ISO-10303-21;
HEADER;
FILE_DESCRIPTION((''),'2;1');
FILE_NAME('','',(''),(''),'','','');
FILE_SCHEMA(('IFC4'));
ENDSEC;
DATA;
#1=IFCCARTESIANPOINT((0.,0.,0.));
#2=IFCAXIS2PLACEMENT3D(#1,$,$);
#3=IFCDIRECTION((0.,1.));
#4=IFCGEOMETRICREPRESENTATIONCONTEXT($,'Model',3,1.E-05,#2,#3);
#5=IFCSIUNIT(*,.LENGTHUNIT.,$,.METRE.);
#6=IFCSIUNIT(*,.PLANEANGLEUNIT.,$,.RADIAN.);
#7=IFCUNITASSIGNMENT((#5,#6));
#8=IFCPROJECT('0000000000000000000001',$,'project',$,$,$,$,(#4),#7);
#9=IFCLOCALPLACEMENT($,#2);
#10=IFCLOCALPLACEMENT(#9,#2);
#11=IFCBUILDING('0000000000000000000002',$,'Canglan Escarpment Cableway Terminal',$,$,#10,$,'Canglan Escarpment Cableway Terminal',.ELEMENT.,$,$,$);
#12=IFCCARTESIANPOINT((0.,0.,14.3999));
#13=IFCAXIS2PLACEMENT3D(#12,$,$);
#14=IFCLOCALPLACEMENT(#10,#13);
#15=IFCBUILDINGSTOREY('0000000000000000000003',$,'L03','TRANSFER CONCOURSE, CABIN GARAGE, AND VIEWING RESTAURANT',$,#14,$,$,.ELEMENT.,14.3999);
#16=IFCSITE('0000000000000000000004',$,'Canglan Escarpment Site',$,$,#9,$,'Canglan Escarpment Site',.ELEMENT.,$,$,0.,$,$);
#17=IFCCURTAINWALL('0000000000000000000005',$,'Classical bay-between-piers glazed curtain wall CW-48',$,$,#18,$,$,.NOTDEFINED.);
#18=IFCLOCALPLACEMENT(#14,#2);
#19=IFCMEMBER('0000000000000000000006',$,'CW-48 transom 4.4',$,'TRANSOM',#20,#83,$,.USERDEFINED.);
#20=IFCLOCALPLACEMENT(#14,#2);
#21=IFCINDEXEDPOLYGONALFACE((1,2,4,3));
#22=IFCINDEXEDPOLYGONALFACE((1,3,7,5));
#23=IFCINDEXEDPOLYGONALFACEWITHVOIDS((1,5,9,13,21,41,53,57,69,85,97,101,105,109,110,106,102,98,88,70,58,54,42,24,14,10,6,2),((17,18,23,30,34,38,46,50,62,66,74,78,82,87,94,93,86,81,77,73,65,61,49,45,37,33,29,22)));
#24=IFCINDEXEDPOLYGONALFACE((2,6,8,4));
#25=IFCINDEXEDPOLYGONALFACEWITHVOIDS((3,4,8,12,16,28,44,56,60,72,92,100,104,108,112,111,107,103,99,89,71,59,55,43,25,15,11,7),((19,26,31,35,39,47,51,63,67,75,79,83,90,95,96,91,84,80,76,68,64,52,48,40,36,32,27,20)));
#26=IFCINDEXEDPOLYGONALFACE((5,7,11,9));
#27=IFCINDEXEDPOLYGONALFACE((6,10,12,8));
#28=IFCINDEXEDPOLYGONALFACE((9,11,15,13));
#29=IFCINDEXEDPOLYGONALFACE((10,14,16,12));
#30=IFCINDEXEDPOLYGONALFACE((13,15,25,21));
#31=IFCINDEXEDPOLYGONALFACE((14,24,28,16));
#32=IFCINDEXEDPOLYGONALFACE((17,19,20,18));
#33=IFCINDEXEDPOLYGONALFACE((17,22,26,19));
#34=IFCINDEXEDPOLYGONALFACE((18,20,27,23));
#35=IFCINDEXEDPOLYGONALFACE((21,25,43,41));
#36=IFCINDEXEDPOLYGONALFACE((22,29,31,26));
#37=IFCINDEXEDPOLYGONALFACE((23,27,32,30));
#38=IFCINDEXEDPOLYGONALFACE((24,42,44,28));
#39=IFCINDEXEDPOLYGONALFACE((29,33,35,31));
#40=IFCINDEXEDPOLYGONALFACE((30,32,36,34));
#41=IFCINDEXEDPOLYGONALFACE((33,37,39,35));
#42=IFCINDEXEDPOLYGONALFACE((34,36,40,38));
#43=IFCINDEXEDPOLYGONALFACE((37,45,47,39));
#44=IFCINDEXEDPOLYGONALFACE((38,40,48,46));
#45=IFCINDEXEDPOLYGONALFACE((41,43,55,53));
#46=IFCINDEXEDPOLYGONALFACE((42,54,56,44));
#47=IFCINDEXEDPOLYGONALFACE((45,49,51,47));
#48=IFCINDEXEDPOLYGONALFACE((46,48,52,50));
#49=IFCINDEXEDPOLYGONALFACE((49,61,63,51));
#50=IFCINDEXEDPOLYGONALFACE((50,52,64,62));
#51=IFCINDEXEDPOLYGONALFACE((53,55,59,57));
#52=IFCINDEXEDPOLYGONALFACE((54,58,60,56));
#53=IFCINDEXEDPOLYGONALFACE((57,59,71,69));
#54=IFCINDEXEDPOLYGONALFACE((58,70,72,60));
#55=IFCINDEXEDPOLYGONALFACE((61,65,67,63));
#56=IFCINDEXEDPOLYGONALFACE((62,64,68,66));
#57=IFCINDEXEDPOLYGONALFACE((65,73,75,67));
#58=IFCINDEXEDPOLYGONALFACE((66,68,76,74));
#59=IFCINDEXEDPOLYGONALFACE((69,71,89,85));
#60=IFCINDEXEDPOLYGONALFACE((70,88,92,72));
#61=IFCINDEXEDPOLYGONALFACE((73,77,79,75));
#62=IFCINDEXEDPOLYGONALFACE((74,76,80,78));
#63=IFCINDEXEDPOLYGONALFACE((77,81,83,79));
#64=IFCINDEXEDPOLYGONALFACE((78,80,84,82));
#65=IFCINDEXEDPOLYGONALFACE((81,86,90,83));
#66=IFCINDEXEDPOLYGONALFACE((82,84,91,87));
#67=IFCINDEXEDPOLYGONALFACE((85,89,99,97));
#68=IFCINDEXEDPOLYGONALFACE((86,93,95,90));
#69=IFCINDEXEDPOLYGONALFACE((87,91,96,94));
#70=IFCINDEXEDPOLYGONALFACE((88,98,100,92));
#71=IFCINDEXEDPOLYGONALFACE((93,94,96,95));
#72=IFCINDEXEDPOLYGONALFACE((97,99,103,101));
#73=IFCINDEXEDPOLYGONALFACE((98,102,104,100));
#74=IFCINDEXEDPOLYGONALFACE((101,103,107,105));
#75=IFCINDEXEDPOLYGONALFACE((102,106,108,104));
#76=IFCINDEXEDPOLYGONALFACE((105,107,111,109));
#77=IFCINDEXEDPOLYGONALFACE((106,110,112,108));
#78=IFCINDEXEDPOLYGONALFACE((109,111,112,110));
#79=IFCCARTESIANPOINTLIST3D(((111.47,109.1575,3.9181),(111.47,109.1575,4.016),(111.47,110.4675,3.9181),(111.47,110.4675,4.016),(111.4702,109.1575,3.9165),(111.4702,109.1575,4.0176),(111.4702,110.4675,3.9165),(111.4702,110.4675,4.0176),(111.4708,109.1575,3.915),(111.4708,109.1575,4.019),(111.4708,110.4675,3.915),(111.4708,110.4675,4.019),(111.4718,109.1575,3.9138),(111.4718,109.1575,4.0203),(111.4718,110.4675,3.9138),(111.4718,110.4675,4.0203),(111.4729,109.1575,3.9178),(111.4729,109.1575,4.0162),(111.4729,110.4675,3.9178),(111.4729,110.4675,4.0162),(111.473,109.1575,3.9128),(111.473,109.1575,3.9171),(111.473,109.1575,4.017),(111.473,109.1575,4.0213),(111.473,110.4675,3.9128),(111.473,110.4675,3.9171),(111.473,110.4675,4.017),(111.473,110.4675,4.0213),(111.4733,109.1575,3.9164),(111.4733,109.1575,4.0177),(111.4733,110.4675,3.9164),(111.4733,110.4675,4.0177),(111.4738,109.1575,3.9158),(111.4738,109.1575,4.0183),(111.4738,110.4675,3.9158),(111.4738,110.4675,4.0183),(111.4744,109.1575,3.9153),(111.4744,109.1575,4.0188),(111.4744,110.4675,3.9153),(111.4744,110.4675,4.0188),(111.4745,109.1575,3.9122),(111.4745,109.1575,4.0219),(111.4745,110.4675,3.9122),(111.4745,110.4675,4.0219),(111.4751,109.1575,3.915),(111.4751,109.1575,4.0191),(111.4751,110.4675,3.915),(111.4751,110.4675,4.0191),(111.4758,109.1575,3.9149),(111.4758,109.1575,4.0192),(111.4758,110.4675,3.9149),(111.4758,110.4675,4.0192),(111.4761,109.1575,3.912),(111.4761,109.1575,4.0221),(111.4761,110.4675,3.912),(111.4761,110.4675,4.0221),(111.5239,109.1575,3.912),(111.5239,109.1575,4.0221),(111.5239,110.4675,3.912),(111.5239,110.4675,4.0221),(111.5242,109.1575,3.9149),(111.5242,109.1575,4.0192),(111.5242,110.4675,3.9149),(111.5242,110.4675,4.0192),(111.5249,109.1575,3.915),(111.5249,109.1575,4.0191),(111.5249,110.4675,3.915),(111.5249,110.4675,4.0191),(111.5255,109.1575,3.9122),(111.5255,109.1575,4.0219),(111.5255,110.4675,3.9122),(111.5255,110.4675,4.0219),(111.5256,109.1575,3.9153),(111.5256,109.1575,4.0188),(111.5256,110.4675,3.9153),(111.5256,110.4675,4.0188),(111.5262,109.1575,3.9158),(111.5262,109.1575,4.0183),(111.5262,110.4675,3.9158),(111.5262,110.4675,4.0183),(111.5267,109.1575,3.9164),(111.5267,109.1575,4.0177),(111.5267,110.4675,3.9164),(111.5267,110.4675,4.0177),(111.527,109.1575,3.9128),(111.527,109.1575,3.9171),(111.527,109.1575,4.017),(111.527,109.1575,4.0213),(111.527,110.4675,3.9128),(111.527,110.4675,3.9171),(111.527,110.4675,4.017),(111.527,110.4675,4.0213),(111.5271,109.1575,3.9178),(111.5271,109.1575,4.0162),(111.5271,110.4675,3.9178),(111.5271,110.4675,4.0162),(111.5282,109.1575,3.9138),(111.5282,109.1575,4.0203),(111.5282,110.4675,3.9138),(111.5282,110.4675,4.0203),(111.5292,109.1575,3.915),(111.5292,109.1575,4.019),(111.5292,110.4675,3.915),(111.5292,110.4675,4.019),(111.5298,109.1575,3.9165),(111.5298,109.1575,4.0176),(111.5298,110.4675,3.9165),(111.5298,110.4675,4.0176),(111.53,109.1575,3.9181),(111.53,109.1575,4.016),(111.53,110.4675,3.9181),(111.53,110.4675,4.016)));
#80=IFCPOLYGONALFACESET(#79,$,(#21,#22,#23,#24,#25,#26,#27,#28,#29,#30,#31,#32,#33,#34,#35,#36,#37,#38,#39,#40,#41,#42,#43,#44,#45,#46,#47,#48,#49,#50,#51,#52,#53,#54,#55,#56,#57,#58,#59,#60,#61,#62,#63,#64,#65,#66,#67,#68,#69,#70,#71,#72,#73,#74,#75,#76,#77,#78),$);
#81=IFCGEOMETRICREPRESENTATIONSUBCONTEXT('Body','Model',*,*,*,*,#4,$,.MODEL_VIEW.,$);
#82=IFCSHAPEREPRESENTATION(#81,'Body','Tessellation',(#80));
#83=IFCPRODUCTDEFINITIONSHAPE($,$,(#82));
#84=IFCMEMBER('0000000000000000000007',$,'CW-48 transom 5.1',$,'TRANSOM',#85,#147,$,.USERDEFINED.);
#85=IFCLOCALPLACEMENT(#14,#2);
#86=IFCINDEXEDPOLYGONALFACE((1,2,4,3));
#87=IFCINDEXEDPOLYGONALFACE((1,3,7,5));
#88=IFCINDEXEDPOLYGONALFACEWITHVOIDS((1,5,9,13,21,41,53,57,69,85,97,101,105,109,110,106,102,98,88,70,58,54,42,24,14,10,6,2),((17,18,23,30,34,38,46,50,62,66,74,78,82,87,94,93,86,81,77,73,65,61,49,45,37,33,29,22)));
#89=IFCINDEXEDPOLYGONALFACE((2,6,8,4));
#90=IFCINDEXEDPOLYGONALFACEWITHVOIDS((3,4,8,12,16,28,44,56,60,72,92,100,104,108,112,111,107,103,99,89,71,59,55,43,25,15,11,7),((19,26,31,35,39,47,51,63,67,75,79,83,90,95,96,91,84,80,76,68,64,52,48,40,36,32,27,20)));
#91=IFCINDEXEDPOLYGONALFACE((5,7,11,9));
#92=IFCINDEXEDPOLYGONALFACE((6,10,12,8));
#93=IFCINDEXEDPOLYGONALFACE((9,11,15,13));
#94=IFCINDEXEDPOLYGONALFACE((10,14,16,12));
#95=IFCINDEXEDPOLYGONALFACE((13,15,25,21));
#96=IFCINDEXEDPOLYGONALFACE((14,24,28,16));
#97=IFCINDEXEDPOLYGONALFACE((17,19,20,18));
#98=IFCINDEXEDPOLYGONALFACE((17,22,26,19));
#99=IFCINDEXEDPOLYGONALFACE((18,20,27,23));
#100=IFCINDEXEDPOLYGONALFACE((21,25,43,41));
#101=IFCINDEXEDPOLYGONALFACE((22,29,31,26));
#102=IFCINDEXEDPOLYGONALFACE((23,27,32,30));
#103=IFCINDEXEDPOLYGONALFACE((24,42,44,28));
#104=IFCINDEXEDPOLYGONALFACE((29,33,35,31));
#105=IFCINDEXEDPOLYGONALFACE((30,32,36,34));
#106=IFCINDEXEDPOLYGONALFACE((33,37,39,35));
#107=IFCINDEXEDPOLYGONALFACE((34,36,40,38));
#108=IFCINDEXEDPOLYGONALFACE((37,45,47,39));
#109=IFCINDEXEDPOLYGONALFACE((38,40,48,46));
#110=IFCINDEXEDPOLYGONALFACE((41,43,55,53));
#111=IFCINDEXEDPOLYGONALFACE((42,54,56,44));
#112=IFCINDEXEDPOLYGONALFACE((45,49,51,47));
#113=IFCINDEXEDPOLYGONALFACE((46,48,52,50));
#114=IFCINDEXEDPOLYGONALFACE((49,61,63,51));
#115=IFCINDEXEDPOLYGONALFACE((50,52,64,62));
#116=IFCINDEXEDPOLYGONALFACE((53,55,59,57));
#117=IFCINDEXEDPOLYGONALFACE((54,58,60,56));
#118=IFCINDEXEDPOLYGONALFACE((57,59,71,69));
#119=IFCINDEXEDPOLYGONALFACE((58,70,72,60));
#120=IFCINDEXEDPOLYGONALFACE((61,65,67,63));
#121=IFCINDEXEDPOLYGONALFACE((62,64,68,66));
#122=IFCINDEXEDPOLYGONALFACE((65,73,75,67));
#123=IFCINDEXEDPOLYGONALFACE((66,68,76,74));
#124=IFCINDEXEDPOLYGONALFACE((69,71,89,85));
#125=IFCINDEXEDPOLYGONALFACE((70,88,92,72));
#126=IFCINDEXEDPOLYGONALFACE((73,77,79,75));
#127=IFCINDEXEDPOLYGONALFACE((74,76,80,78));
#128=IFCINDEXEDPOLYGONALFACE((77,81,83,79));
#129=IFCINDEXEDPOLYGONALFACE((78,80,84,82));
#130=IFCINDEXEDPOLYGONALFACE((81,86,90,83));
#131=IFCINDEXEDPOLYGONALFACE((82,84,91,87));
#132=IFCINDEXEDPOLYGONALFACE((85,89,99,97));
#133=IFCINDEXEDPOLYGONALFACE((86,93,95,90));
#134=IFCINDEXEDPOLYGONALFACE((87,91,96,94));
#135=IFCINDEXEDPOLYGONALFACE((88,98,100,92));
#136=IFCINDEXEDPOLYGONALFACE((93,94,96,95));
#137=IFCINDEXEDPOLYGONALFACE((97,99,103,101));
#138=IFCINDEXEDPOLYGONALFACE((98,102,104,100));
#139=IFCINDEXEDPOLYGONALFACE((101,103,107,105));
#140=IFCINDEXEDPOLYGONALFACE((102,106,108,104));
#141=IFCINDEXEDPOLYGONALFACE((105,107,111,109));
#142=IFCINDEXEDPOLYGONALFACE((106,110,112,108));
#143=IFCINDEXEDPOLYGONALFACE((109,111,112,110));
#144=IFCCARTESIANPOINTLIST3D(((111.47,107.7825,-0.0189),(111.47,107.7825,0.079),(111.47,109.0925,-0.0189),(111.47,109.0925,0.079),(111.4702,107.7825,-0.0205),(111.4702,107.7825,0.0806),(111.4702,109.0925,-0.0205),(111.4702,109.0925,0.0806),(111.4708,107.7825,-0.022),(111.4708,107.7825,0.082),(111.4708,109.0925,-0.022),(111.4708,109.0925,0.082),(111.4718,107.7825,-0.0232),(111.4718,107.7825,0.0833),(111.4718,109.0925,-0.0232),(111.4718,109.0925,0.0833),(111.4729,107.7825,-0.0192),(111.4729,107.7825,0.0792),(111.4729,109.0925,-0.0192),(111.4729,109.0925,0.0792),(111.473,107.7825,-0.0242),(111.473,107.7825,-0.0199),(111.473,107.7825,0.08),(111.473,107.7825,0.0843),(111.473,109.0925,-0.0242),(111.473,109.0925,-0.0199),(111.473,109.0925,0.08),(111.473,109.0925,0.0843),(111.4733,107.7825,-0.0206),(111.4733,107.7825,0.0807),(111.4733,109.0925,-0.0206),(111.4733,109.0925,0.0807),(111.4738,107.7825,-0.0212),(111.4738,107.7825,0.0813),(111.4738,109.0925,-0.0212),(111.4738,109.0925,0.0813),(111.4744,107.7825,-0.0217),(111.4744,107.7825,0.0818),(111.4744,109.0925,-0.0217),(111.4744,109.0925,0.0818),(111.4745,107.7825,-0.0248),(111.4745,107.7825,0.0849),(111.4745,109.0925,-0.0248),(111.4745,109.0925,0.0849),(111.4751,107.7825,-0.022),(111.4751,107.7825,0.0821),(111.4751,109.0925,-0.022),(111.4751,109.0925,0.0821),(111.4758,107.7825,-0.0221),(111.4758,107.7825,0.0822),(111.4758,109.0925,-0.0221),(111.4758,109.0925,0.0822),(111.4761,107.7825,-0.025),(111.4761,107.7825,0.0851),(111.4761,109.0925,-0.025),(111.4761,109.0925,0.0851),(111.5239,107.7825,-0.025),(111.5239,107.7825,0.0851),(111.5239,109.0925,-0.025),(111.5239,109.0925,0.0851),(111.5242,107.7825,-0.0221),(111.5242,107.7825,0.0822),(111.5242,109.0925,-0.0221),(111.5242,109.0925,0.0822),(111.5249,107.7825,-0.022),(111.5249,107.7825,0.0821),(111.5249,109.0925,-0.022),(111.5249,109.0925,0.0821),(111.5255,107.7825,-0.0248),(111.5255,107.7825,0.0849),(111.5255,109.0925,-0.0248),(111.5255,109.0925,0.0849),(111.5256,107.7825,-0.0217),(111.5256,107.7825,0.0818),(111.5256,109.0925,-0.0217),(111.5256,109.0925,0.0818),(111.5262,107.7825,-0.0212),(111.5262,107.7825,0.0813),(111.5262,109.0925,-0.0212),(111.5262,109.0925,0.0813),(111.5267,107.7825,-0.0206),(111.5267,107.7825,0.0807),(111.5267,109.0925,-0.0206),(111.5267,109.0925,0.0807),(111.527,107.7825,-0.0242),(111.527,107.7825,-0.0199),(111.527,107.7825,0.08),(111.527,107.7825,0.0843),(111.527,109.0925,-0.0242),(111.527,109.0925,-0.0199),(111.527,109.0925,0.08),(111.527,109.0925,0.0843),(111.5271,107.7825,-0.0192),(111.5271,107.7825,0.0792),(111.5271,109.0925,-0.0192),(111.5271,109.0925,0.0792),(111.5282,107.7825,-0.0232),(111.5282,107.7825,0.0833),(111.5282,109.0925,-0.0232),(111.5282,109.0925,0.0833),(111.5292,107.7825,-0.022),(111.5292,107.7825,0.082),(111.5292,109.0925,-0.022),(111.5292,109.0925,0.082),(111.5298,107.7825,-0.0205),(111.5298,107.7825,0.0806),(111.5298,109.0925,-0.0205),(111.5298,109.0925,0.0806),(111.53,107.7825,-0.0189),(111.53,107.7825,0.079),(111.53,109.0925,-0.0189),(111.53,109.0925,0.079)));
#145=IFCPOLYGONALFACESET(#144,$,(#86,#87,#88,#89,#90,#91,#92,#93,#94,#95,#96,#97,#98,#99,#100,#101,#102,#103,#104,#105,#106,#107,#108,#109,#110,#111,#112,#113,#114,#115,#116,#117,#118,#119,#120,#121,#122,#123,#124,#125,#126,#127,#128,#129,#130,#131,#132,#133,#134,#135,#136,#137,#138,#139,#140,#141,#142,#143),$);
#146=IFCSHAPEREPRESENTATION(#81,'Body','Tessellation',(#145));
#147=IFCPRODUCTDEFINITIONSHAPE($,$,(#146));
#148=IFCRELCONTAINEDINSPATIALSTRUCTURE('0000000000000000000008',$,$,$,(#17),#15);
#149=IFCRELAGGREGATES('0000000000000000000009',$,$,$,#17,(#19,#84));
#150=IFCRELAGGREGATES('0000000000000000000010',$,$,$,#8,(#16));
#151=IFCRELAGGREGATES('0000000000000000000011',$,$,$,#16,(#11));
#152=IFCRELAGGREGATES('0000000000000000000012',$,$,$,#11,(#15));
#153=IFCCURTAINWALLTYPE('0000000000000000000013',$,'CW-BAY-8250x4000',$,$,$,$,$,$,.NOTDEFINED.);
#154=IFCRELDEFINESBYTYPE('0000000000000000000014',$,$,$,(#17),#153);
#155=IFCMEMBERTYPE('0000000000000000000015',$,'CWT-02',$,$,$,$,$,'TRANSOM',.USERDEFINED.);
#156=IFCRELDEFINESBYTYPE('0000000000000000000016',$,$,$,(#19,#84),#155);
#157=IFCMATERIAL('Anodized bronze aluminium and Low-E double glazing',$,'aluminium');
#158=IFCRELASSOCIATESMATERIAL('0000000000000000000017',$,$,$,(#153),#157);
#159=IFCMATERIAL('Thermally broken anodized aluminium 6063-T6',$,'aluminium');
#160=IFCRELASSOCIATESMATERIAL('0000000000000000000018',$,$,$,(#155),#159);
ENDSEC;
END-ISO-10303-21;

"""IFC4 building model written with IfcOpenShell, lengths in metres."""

from ifc_helpers import new_model, si_unit, direction, frame, origin, origin_2d, place, context, subcontext, project, spatial, hollow_rectangle, extrude, material, material_profile, profile_set, type_object, element, aggregate, save


model = new_model("IFC4")

# Units and contexts
model_context = context("Model", 3, precision=1e-05, world=origin(), true_north=direction((0.0, 1.0)))
body_context = subcontext(model_context, "Body", "Model", "MODEL_VIEW")
ifc_project = project(units=[si_unit("LENGTHUNIT", "METRE"), si_unit("PLANEANGLEUNIT", "RADIAN")], contexts=[model_context])

# Site, building, storey
site_placement = place(None, origin())
site = spatial("IfcSite", under=ifc_project, at=site_placement, Name="Canglan Escarpment Site", LongName="Canglan Escarpment Site", CompositionType="ELEMENT", RefElevation=0.0)
building_placement = place(site_placement, origin())
building = spatial("IfcBuilding", under=site, at=building_placement, Name="Canglan Escarpment Cableway Terminal", LongName="Canglan Escarpment Cableway Terminal", CompositionType="ELEMENT")
storey_placement = place(building_placement, frame((0.0, 0.0, 14.3999)))
storey = spatial("IfcBuildingStorey", under=building, at=storey_placement, Name="L03", Description="TRANSFER CONCOURSE, CABIN GARAGE, AND VIEWING RESTAURANT", CompositionType="ELEMENT", Elevation=14.3999)

# Curtain wall, members
ifc_material_1 = material(Name="Anodized bronze aluminium and Low-E double glazing", Category="aluminium")
ifc_material_2 = material(Name="Thermally broken anodized aluminium 6063-T6", Category="aluminium")
curtain_wall_type_1 = type_object("IfcCurtainWallType", Name="CW-BAY-8250x4000", PredefinedType="NOTDEFINED", material=ifc_material_1)
curtain_wall_1_placement = place(storey_placement, origin())
curtain_wall_1 = element("IfcCurtainWall", 1, at=curtain_wall_1_placement, inside=storey, type_object=curtain_wall_type_1, Name="Classical bay-between-piers glazed curtain wall CW-48", PredefinedType="NOTDEFINED")
ifc_material_profile_1 = material_profile(ifc_material_2, hollow_rectangle(XDim=0.0601, YDim=0.1101, WallThickness=0.0029, InnerFilletRadius=0.0029, OuterFilletRadius=0.0061, at=origin_2d()), Name="ALU-TRAN 60x110x3")
ifc_profile_set_1 = profile_set([ifc_material_profile_1], Name="Thermally broken anodized aluminium 6063-T6")
member_type_1 = type_object("IfcMemberType", Name="CWT-02", ElementType="TRANSOM", PredefinedType="USERDEFINED", material=ifc_profile_set_1)
member_1_placement = place(storey_placement, frame((111.5, 110.4675, 3.967), z_axis=(0.0, -1.0, 0.0), x_axis=(1.0, 0.0, 0.0)))
member_1 = element("IfcMember", 2, at=member_1_placement, type_object=member_type_1, Name="CW-48 transom 4.4", ObjectType="TRANSOM", PredefinedType="USERDEFINED", context=body_context, shape_type="SweptSolid", body=[
    extrude(hollow_rectangle(XDim=0.0601, YDim=0.1101, WallThickness=0.0029, InnerFilletRadius=0.0029, OuterFilletRadius=0.0061, at=origin_2d()), origin(), (0.0, 0.0, 1.0), 1.3101),
])
member_2_placement = place(storey_placement, frame((111.5, 109.0925, 0.03), z_axis=(0.0, -1.0, 0.0), x_axis=(1.0, 0.0, 0.0)))
member_2 = element("IfcMember", 3, at=member_2_placement, type_object=member_type_1, Name="CW-48 transom 5.1", ObjectType="TRANSOM", PredefinedType="USERDEFINED", context=body_context, shape_type="SweptSolid", body=[
    extrude(hollow_rectangle(XDim=0.0601, YDim=0.1101, WallThickness=0.0029, InnerFilletRadius=0.0029, OuterFilletRadius=0.0061, at=origin_2d()), origin(), (0.0, 0.0, 1.0), 1.3101),
])

aggregate(curtain_wall_1, [member_1, member_2])

save(model, "model.ifc")
